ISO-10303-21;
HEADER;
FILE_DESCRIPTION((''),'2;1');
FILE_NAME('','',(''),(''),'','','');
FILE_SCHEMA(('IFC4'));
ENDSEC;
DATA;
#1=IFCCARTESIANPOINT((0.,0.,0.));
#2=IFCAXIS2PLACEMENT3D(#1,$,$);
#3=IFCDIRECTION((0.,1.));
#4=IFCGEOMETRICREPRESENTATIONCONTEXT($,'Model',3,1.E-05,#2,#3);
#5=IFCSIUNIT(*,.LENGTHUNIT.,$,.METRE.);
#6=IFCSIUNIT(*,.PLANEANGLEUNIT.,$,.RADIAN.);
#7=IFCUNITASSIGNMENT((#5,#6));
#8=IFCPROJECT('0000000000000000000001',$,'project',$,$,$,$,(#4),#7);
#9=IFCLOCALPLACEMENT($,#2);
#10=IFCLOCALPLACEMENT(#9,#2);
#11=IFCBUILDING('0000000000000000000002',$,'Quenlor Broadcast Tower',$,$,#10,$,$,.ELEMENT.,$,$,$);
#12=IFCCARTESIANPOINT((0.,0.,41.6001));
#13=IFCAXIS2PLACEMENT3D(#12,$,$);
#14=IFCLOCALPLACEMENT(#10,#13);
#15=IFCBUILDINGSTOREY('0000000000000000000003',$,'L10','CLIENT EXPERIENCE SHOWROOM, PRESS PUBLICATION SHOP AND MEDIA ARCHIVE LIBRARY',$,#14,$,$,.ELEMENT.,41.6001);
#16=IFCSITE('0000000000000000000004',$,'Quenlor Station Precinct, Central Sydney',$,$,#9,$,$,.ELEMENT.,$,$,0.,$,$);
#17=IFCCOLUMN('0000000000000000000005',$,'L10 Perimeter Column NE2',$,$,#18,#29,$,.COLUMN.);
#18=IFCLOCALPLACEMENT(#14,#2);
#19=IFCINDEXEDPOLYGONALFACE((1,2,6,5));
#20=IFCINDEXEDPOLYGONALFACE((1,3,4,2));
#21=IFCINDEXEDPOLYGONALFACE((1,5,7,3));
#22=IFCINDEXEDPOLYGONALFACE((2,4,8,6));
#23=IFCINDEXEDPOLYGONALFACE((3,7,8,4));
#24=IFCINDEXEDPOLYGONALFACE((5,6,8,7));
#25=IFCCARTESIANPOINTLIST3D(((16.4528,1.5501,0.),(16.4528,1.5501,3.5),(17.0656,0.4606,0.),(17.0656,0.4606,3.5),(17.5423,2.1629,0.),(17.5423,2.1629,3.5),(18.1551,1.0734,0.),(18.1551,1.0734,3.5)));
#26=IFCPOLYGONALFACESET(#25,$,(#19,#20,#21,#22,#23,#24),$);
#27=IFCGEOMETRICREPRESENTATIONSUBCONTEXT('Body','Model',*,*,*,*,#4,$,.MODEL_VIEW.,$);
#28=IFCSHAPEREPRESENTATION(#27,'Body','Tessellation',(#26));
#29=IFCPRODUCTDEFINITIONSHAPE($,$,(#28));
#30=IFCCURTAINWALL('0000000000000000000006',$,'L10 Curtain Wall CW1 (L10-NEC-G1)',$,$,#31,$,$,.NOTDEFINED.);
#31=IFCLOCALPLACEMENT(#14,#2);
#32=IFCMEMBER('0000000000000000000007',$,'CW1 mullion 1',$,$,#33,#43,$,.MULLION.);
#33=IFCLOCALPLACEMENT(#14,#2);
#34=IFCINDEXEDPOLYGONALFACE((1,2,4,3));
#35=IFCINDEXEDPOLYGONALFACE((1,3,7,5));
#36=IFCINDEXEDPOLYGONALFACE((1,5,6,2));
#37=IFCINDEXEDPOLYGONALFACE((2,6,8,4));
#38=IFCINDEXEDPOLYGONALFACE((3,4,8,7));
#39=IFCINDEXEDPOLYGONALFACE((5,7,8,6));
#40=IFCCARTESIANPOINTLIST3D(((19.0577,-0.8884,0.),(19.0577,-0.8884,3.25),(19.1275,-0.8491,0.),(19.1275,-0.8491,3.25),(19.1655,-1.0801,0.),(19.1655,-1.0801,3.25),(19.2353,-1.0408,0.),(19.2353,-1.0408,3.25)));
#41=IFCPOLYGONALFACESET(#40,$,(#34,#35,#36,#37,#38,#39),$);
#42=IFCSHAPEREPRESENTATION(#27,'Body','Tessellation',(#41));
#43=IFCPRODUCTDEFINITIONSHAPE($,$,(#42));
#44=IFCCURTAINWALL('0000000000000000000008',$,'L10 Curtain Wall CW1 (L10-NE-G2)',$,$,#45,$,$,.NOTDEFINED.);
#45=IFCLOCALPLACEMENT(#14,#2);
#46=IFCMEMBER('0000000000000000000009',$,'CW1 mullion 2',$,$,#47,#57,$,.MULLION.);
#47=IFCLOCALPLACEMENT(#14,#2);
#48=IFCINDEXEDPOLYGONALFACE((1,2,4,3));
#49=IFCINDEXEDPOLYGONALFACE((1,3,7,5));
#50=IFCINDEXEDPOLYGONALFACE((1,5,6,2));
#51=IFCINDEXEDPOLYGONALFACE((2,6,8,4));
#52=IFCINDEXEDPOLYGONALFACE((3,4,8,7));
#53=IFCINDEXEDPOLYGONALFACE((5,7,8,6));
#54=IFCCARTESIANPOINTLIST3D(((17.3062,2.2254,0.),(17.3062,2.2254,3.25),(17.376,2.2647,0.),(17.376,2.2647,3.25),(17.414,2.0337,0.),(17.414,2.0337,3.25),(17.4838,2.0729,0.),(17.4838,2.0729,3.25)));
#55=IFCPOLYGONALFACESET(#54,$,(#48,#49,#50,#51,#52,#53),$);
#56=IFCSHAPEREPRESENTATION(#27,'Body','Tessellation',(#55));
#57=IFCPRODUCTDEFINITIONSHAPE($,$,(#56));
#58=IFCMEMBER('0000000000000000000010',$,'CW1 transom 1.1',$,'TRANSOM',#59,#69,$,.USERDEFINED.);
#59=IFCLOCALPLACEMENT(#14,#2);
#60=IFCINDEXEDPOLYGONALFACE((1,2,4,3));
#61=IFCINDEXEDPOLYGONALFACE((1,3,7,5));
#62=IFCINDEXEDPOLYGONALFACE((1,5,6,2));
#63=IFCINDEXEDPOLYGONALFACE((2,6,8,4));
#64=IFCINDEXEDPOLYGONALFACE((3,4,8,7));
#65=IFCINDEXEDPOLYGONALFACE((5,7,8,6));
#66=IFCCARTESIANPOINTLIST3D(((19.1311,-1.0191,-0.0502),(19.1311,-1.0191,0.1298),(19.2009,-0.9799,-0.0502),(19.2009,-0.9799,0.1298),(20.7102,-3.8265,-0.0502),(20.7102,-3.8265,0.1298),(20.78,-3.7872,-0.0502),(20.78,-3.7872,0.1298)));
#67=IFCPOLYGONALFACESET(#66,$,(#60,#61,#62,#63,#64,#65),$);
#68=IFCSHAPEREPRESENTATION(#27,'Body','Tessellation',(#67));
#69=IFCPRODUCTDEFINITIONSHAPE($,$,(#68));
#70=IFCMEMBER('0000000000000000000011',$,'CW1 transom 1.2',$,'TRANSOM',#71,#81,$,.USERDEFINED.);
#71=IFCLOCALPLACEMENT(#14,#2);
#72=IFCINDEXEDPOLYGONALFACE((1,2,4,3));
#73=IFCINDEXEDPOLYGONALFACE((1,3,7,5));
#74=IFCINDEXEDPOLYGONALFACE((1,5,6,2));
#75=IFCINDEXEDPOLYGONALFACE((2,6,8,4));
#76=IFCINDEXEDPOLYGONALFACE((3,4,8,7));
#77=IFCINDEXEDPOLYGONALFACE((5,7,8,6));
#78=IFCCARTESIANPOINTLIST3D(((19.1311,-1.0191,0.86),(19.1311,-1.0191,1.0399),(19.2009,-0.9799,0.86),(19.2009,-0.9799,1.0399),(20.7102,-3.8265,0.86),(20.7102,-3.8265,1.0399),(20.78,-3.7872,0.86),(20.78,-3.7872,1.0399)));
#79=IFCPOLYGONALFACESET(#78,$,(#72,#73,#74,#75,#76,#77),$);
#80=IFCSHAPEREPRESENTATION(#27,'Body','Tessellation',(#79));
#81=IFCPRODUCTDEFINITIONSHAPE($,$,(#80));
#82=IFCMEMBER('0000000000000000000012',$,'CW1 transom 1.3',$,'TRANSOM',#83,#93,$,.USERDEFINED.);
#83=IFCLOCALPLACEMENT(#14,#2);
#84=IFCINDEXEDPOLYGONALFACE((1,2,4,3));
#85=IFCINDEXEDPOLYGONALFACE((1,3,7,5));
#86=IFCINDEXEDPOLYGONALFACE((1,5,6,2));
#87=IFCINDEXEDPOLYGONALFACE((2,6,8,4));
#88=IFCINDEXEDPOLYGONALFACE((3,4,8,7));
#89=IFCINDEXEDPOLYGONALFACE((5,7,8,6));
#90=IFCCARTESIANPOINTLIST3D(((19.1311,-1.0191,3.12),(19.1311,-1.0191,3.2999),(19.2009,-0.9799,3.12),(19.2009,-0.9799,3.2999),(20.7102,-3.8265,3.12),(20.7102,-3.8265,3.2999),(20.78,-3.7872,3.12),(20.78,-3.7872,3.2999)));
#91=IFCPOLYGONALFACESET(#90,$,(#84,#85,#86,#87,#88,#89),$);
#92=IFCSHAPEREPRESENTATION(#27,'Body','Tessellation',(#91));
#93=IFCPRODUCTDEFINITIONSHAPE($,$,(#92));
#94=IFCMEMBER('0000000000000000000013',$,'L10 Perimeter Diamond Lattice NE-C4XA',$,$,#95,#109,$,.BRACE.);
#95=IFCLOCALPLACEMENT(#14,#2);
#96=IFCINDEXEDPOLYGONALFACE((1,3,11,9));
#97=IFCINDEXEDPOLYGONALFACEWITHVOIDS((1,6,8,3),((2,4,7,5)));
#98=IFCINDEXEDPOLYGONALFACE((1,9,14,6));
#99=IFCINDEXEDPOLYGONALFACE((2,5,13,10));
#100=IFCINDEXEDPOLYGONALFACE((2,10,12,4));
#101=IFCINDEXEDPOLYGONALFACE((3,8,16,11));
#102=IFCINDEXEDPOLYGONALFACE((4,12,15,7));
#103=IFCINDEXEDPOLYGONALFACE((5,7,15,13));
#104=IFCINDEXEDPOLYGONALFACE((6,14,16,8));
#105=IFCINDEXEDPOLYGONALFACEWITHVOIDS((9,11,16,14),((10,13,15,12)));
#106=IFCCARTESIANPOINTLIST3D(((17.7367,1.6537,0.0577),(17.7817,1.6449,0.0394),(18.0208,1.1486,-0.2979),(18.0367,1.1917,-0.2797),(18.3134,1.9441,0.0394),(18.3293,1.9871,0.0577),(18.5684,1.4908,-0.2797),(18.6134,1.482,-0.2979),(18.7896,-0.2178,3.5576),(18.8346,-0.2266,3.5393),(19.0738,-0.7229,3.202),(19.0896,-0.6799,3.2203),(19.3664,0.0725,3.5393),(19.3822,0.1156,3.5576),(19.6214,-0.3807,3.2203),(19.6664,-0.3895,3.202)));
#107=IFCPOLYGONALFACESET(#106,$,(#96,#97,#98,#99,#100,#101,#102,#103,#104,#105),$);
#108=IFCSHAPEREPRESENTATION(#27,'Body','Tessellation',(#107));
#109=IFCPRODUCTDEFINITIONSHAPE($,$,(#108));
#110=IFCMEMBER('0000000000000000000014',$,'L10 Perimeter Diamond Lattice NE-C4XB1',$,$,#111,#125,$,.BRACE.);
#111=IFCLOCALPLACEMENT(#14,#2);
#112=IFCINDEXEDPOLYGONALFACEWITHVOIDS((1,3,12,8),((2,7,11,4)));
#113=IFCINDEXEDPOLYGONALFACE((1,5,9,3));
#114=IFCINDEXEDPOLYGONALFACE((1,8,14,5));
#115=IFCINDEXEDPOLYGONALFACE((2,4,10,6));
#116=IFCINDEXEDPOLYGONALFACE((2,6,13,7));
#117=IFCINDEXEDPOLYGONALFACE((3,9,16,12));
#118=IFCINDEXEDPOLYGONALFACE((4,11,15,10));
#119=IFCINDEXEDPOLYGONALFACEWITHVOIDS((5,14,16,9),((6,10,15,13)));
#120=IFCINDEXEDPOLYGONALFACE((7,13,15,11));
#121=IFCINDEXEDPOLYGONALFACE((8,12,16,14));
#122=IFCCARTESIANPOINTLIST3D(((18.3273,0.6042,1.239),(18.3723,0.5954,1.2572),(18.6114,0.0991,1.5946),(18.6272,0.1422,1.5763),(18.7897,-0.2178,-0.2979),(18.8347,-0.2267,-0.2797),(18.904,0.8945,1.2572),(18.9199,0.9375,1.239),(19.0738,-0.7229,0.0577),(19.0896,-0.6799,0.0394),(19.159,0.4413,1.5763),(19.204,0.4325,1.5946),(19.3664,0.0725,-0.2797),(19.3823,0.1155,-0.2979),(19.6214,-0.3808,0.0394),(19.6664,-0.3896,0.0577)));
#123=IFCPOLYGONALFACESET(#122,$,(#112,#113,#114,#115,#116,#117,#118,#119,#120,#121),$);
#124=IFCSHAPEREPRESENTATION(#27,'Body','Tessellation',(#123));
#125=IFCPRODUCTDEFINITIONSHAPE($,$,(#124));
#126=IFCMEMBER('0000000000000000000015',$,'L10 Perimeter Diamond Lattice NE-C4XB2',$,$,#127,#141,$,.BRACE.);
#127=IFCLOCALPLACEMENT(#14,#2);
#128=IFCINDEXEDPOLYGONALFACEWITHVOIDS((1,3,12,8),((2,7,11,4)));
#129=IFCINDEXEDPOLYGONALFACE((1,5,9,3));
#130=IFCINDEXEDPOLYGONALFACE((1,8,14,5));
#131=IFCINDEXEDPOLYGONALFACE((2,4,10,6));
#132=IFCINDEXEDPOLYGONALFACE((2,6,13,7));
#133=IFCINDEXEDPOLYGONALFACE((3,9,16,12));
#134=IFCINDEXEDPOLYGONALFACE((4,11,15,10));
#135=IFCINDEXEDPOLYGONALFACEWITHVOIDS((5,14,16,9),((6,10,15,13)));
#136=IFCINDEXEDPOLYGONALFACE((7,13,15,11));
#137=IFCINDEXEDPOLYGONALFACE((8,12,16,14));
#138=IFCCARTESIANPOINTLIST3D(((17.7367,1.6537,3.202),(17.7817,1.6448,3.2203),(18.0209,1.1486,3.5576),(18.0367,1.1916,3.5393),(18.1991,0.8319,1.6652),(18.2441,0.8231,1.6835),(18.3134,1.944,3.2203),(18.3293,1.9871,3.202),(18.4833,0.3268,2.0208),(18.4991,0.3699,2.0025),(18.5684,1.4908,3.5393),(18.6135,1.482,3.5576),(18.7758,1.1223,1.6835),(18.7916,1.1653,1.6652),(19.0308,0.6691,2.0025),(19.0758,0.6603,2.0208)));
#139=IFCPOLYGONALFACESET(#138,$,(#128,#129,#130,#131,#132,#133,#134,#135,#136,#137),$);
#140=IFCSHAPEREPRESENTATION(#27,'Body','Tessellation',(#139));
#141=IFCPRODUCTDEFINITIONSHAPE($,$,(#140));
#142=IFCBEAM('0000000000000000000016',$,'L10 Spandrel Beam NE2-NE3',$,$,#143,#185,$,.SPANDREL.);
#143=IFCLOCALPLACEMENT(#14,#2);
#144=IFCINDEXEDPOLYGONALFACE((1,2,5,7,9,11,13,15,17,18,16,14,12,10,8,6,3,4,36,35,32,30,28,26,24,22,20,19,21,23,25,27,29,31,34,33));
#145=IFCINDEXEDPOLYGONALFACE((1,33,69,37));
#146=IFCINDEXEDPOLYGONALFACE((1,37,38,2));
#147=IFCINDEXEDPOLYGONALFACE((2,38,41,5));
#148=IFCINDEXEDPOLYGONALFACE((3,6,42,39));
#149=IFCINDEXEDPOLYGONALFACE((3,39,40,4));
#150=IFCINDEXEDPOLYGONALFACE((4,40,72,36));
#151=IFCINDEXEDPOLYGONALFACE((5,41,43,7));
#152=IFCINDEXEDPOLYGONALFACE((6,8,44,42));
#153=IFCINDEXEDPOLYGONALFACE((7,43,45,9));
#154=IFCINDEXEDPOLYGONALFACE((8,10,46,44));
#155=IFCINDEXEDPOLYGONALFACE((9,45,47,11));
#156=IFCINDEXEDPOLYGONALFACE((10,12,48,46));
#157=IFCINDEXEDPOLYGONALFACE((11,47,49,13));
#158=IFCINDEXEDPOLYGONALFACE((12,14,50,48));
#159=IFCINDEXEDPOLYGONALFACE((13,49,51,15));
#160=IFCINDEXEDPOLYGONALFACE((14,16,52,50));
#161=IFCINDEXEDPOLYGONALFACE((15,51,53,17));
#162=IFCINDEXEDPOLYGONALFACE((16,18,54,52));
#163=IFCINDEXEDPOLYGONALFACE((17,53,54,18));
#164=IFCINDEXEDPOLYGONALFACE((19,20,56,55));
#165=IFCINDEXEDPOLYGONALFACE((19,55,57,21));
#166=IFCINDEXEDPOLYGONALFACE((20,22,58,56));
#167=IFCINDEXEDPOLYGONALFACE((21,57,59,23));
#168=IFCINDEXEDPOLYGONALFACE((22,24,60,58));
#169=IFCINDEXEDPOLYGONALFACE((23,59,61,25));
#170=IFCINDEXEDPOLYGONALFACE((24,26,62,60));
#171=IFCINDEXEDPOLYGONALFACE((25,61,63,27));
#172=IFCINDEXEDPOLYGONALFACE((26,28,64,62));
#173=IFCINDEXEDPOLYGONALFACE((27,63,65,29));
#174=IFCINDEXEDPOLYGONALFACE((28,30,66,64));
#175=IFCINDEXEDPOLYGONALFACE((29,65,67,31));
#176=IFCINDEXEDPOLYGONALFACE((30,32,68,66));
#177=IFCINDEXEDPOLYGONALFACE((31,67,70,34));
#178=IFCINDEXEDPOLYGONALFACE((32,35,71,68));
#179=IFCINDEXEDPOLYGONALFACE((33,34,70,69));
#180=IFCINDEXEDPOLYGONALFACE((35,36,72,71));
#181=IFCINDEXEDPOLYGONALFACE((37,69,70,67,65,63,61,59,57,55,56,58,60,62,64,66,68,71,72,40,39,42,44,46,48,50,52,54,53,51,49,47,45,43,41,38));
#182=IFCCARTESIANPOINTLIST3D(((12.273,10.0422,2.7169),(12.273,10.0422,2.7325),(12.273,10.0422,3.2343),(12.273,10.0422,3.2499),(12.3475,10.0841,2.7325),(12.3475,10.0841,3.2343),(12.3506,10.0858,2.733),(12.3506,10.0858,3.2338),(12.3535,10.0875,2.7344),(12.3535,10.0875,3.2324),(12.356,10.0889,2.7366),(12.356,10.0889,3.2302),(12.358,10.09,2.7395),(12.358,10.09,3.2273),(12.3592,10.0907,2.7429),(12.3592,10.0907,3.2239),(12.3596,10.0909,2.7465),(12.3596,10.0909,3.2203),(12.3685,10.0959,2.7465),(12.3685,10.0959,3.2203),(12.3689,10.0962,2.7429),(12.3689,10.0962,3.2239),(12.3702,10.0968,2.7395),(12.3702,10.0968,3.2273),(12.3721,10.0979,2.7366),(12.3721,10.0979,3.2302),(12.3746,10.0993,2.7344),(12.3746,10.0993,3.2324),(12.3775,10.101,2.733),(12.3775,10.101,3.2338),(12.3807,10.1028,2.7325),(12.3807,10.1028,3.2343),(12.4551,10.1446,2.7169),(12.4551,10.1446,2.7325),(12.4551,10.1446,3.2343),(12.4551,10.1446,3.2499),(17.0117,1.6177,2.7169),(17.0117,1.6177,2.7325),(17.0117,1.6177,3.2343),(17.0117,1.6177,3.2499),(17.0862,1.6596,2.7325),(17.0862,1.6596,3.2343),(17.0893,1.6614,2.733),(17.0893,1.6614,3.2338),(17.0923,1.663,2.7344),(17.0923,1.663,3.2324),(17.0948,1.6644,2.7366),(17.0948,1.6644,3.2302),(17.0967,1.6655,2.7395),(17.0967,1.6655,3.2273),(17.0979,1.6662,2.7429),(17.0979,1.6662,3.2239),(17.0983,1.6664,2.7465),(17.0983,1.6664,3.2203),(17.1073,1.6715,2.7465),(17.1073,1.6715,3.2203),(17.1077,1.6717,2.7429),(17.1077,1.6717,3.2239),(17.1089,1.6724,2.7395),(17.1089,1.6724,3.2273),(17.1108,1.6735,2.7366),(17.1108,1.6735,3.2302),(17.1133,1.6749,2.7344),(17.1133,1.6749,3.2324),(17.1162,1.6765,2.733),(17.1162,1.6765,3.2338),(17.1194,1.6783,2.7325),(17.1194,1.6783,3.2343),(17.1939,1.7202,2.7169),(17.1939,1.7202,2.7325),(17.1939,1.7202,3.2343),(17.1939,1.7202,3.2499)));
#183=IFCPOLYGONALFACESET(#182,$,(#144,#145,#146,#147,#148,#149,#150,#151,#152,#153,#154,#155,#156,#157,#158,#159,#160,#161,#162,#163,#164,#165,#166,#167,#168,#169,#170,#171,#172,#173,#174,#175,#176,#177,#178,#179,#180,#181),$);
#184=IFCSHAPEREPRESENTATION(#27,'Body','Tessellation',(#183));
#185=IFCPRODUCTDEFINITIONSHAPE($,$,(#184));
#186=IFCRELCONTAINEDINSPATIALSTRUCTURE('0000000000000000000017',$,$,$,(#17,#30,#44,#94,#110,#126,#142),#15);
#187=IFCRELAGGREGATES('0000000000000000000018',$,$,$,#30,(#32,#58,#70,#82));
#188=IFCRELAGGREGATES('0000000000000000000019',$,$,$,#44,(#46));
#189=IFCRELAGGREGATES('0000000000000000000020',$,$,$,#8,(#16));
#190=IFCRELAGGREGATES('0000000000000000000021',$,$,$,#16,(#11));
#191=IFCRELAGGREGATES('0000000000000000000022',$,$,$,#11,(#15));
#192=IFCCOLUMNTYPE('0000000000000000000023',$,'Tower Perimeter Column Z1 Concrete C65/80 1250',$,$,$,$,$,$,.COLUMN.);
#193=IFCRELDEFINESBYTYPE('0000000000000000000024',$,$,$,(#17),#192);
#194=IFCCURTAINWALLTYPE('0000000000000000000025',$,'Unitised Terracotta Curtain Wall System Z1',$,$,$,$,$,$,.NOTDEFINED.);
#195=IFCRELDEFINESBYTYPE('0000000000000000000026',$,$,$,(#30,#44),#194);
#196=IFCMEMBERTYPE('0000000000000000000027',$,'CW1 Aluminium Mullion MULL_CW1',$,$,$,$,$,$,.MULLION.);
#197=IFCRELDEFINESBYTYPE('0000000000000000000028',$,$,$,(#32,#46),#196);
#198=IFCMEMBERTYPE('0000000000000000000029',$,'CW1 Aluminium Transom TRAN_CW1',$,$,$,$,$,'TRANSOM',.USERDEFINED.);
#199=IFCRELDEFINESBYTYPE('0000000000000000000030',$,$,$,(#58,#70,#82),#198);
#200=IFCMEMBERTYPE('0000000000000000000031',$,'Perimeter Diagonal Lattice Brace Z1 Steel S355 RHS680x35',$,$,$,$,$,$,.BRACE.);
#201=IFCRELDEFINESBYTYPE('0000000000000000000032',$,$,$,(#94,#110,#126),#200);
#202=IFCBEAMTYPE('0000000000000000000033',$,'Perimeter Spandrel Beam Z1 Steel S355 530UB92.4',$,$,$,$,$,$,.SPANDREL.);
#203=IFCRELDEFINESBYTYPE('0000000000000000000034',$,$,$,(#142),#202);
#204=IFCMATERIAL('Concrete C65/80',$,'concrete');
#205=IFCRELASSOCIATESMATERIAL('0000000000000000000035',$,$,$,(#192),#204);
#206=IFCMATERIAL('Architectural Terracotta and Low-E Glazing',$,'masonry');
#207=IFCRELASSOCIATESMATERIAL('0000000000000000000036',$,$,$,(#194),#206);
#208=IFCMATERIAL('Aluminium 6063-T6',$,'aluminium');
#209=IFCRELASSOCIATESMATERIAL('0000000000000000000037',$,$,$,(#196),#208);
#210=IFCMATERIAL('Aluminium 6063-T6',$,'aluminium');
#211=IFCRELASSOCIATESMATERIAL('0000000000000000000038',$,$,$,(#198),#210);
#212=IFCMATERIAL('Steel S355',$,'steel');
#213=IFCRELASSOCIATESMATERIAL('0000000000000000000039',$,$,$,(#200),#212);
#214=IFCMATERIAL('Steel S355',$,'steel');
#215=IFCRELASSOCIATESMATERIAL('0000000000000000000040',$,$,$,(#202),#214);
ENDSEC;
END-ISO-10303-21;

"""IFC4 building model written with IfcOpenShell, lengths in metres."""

from ifc_helpers import new_model, si_unit, direction, frame, origin, origin_2d, place, context, subcontext, project, spatial, rectangle, hollow_rectangle, i_section, extrude, material, material_profile, profile_set, type_object, element, aggregate, save


model = new_model("IFC4")

# Units and contexts
model_context = context("Model", 3, precision=1e-05, world=origin(), true_north=direction((0.0, 1.0)))
body_context = subcontext(model_context, "Body", "Model", "MODEL_VIEW")
ifc_project = project(units=[si_unit("LENGTHUNIT", "METRE"), si_unit("PLANEANGLEUNIT", "RADIAN")], contexts=[model_context])

# Site, building, storey
site_placement = place(None, origin())
site = spatial("IfcSite", under=ifc_project, at=site_placement, Name="Quenlor Station Precinct, Central Sydney", CompositionType="ELEMENT", RefElevation=0.0)
building_placement = place(site_placement, origin())
building = spatial("IfcBuilding", under=site, at=building_placement, Name="Quenlor Broadcast Tower", CompositionType="ELEMENT")
storey_placement = place(building_placement, frame((0.0, 0.0, 41.6001)))
storey = spatial("IfcBuildingStorey", under=building, at=storey_placement, Name="L10", Description="CLIENT EXPERIENCE SHOWROOM, PRESS PUBLICATION SHOP AND MEDIA ARCHIVE LIBRARY", CompositionType="ELEMENT", Elevation=41.6001)

# Column
ifc_material_1 = material(Name="Concrete C65/80", Category="concrete")
ifc_material_profile_1 = material_profile(ifc_material_1, rectangle(XDim=1.25, YDim=1.25, at=origin_2d()))
ifc_profile_set_1 = profile_set([ifc_material_profile_1], Name="Concrete C65/80 RC1250x1250")
column_type = type_object("IfcColumnType", Name="Tower Perimeter Column Z1 Concrete C65/80 1250", PredefinedType="COLUMN", material=ifc_profile_set_1)
column_placement = place(storey_placement, frame((17.304, 1.3118, 0.0), z_axis=(0.0, 0.0, 1.0), x_axis=(0.871575, 0.490262, 0.0)))
element("IfcColumn", 1, at=column_placement, inside=storey, type_object=column_type, Name="L10 Perimeter Column NE2", PredefinedType="COLUMN", context=body_context, shape_type="SweptSolid", body=[
    extrude(rectangle(XDim=1.25, YDim=1.25, at=origin_2d()), origin(), (0.0, 0.0, 1.0), 3.5),
])

# Curtain walls, members
ifc_material_2 = material(Name="Architectural Terracotta and Low-E Glazing", Category="masonry")
curtain_wall_type = type_object("IfcCurtainWallType", Name="Unitised Terracotta Curtain Wall System Z1", PredefinedType="NOTDEFINED", material=ifc_material_2)
curtain_wall_1_placement = place(storey_placement, origin())
curtain_wall_1 = element("IfcCurtainWall", 2, at=curtain_wall_1_placement, inside=storey, type_object=curtain_wall_type, Name="L10 Curtain Wall CW1 (L10-NEC-G1)", PredefinedType="NOTDEFINED")
ifc_material_3 = material(Name="Aluminium 6063-T6", Category="aluminium")
ifc_material_profile_2 = material_profile(ifc_material_3, rectangle(XDim=0.0801, YDim=0.22, at=origin_2d()))
ifc_profile_set_2 = profile_set([ifc_material_profile_2], Name="Aluminium 6063-T6 MULL80x220")
member_type_1 = type_object("IfcMemberType", Name="CW1 Aluminium Mullion MULL_CW1", PredefinedType="MULLION", material=ifc_profile_set_2)
member_1_placement = place(storey_placement, frame((19.1465, -0.9646, 0.0), z_axis=(0.0, 0.0, 1.0), x_axis=(0.871578, 0.490257, 0.0)))
member_1 = element("IfcMember", 3, at=member_1_placement, type_object=member_type_1, Name="CW1 mullion 1", PredefinedType="MULLION", context=body_context, shape_type="SweptSolid", body=[
    extrude(rectangle(XDim=0.0801, YDim=0.22, at=origin_2d()), origin(), (0.0, 0.0, 1.0), 3.25),
])
curtain_wall_2_placement = place(storey_placement, origin())
curtain_wall_2 = element("IfcCurtainWall", 4, at=curtain_wall_2_placement, inside=storey, type_object=curtain_wall_type, Name="L10 Curtain Wall CW1 (L10-NE-G2)", PredefinedType="NOTDEFINED")
member_2_placement = place(storey_placement, frame((17.395, 2.1492, 0.0), z_axis=(0.0, 0.0, 1.0), x_axis=(0.871568, 0.490274, 0.0)))
member_2 = element("IfcMember", 5, at=member_2_placement, type_object=member_type_1, Name="CW1 mullion 2", PredefinedType="MULLION", context=body_context, shape_type="SweptSolid", body=[
    extrude(rectangle(XDim=0.0801, YDim=0.22, at=origin_2d()), origin(), (0.0, 0.0, 1.0), 3.25),
])

# Members
ifc_material_4 = material(Name="Aluminium 6063-T6", Category="aluminium")
ifc_material_profile_3 = material_profile(ifc_material_4, rectangle(XDim=0.0801, YDim=0.1799, at=origin_2d()))
ifc_profile_set_3 = profile_set([ifc_material_profile_3], Name="Aluminium 6063-T6 TRAN80x180")
member_type_2 = type_object("IfcMemberType", Name="CW1 Aluminium Transom TRAN_CW1", ElementType="TRANSOM", PredefinedType="USERDEFINED", material=ifc_profile_set_3)
member_3_placement = place(storey_placement, frame((19.166, -0.9995, 0.0398), z_axis=(0.49025, -0.871582, 0.0), x_axis=(0.871582, 0.49025, 0.0)))
member_3 = element("IfcMember", 6, at=member_3_placement, type_object=member_type_2, Name="CW1 transom 1.1", ObjectType="TRANSOM", PredefinedType="USERDEFINED", context=body_context, shape_type="SweptSolid", body=[
    extrude(rectangle(XDim=0.0801, YDim=0.1799, at=origin_2d()), origin(), (0.0, 0.0, 1.0), 3.2209),
])
member_4_placement = place(storey_placement, frame((19.166, -0.9995, 0.95), z_axis=(0.49025, -0.871582, 0.0), x_axis=(0.871582, 0.49025, 0.0)))
member_4 = element("IfcMember", 7, at=member_4_placement, type_object=member_type_2, Name="CW1 transom 1.2", ObjectType="TRANSOM", PredefinedType="USERDEFINED", context=body_context, shape_type="SweptSolid", body=[
    extrude(rectangle(XDim=0.0801, YDim=0.1799, at=origin_2d()), origin(), (0.0, 0.0, 1.0), 3.2209),
])
member_5_placement = place(storey_placement, frame((19.166, -0.9995, 3.21), z_axis=(0.49025, -0.871582, 0.0), x_axis=(0.871582, 0.49025, 0.0)))
member_5 = element("IfcMember", 8, at=member_5_placement, type_object=member_type_2, Name="CW1 transom 1.3", ObjectType="TRANSOM", PredefinedType="USERDEFINED", context=body_context, shape_type="SweptSolid", body=[
    extrude(rectangle(XDim=0.0801, YDim=0.1799, at=origin_2d()), origin(), (0.0, 0.0, 1.0), 3.2209),
])
aggregate(curtain_wall_1, [member_1, member_3, member_4, member_5])

# Members
ifc_material_5 = material(Name="Steel S355", Category="steel")
ifc_material_profile_4 = material_profile(ifc_material_5, hollow_rectangle(XDim=0.6799, YDim=0.6799, WallThickness=0.0349, at=origin_2d()))
ifc_profile_set_4 = profile_set([ifc_material_profile_4], Name="Steel S355 RHS680x680x35")
member_type_3 = type_object("IfcMemberType", Name="Perimeter Diagonal Lattice Brace Z1 Steel S355 RHS680x35", PredefinedType="BRACE", material=ifc_profile_set_4)
member_6_placement = place(storey_placement, frame((18.175, 1.5679, -0.1201), z_axis=(0.256431, -0.455785, 0.852352), x_axis=(0.871533, 0.490337, 0.0)))
element("IfcMember", 9, at=member_6_placement, inside=storey, type_object=member_type_3, Name="L10 Perimeter Diamond Lattice NE-C4XA", PredefinedType="BRACE", context=body_context, shape_type="SweptSolid", body=[
    extrude(hollow_rectangle(XDim=0.6799, YDim=0.6799, WallThickness=0.0349, at=origin_2d()), origin(), (0.0, 0.0, 1.0), 4.1062),
])
member_7_placement = place(storey_placement, frame((19.228, -0.3037, -0.1201), z_axis=(-0.256436, 0.455871, 0.852304), x_axis=(-0.871569, -0.490274, 0.0)))
element("IfcMember", 10, at=member_7_placement, inside=storey, type_object=member_type_3, Name="L10 Perimeter Diamond Lattice NE-C4XB1", PredefinedType="BRACE", context=body_context, shape_type="SweptSolid", body=[
    extrude(hollow_rectangle(XDim=0.6799, YDim=0.6799, WallThickness=0.0349, at=origin_2d()), origin(), (0.0, 0.0, 1.0), 1.8032),
])
member_8_placement = place(storey_placement, frame((18.6375, 0.7461, 1.843), z_axis=(-0.256452, 0.455764, 0.852357), x_axis=(-0.871506, -0.490384, 0.0)))
element("IfcMember", 11, at=member_8_placement, inside=storey, type_object=member_type_3, Name="L10 Perimeter Diamond Lattice NE-C4XB2", PredefinedType="BRACE", context=body_context, shape_type="SweptSolid", body=[
    extrude(hollow_rectangle(XDim=0.6799, YDim=0.6799, WallThickness=0.0349, at=origin_2d()), origin(), (0.0, 0.0, 1.0), 1.803),
])

# Beam
ifc_material_6 = material(Name="Steel S355", Category="steel")
ifc_material_profile_5 = material_profile(ifc_material_6, i_section(OverallWidth=0.209, OverallDepth=0.533, WebThickness=0.0103, FlangeThickness=0.0156, FilletRadius=0.0139, at=origin_2d()))
ifc_profile_set_5 = profile_set([ifc_material_profile_5], Name="Steel S355 530UB92.4")
beam_type_1 = type_object("IfcBeamType", Name="Perimeter Spandrel Beam Z1 Steel S355 530UB92.4", PredefinedType="SPANDREL", material=ifc_profile_set_5)
beam_1_placement = place(storey_placement, frame((17.1028, 1.6689, 2.9834), z_axis=(-0.490258, 0.871578, 0.0), x_axis=(-0.871578, -0.490258, 0.0)))
element("IfcBeam", 12, at=beam_1_placement, inside=storey, type_object=beam_type_1, Name="L10 Spandrel Beam NE2-NE3", PredefinedType="SPANDREL", context=body_context, shape_type="SweptSolid", body=[
    extrude(i_section(OverallWidth=0.209, OverallDepth=0.533, WebThickness=0.0103, FlangeThickness=0.0156, FilletRadius=0.0139, at=origin_2d()), origin(), (0.0, 0.0, 1.0), 9.6658),
])

aggregate(curtain_wall_2, [member_2])

save(model, "model.ifc")
